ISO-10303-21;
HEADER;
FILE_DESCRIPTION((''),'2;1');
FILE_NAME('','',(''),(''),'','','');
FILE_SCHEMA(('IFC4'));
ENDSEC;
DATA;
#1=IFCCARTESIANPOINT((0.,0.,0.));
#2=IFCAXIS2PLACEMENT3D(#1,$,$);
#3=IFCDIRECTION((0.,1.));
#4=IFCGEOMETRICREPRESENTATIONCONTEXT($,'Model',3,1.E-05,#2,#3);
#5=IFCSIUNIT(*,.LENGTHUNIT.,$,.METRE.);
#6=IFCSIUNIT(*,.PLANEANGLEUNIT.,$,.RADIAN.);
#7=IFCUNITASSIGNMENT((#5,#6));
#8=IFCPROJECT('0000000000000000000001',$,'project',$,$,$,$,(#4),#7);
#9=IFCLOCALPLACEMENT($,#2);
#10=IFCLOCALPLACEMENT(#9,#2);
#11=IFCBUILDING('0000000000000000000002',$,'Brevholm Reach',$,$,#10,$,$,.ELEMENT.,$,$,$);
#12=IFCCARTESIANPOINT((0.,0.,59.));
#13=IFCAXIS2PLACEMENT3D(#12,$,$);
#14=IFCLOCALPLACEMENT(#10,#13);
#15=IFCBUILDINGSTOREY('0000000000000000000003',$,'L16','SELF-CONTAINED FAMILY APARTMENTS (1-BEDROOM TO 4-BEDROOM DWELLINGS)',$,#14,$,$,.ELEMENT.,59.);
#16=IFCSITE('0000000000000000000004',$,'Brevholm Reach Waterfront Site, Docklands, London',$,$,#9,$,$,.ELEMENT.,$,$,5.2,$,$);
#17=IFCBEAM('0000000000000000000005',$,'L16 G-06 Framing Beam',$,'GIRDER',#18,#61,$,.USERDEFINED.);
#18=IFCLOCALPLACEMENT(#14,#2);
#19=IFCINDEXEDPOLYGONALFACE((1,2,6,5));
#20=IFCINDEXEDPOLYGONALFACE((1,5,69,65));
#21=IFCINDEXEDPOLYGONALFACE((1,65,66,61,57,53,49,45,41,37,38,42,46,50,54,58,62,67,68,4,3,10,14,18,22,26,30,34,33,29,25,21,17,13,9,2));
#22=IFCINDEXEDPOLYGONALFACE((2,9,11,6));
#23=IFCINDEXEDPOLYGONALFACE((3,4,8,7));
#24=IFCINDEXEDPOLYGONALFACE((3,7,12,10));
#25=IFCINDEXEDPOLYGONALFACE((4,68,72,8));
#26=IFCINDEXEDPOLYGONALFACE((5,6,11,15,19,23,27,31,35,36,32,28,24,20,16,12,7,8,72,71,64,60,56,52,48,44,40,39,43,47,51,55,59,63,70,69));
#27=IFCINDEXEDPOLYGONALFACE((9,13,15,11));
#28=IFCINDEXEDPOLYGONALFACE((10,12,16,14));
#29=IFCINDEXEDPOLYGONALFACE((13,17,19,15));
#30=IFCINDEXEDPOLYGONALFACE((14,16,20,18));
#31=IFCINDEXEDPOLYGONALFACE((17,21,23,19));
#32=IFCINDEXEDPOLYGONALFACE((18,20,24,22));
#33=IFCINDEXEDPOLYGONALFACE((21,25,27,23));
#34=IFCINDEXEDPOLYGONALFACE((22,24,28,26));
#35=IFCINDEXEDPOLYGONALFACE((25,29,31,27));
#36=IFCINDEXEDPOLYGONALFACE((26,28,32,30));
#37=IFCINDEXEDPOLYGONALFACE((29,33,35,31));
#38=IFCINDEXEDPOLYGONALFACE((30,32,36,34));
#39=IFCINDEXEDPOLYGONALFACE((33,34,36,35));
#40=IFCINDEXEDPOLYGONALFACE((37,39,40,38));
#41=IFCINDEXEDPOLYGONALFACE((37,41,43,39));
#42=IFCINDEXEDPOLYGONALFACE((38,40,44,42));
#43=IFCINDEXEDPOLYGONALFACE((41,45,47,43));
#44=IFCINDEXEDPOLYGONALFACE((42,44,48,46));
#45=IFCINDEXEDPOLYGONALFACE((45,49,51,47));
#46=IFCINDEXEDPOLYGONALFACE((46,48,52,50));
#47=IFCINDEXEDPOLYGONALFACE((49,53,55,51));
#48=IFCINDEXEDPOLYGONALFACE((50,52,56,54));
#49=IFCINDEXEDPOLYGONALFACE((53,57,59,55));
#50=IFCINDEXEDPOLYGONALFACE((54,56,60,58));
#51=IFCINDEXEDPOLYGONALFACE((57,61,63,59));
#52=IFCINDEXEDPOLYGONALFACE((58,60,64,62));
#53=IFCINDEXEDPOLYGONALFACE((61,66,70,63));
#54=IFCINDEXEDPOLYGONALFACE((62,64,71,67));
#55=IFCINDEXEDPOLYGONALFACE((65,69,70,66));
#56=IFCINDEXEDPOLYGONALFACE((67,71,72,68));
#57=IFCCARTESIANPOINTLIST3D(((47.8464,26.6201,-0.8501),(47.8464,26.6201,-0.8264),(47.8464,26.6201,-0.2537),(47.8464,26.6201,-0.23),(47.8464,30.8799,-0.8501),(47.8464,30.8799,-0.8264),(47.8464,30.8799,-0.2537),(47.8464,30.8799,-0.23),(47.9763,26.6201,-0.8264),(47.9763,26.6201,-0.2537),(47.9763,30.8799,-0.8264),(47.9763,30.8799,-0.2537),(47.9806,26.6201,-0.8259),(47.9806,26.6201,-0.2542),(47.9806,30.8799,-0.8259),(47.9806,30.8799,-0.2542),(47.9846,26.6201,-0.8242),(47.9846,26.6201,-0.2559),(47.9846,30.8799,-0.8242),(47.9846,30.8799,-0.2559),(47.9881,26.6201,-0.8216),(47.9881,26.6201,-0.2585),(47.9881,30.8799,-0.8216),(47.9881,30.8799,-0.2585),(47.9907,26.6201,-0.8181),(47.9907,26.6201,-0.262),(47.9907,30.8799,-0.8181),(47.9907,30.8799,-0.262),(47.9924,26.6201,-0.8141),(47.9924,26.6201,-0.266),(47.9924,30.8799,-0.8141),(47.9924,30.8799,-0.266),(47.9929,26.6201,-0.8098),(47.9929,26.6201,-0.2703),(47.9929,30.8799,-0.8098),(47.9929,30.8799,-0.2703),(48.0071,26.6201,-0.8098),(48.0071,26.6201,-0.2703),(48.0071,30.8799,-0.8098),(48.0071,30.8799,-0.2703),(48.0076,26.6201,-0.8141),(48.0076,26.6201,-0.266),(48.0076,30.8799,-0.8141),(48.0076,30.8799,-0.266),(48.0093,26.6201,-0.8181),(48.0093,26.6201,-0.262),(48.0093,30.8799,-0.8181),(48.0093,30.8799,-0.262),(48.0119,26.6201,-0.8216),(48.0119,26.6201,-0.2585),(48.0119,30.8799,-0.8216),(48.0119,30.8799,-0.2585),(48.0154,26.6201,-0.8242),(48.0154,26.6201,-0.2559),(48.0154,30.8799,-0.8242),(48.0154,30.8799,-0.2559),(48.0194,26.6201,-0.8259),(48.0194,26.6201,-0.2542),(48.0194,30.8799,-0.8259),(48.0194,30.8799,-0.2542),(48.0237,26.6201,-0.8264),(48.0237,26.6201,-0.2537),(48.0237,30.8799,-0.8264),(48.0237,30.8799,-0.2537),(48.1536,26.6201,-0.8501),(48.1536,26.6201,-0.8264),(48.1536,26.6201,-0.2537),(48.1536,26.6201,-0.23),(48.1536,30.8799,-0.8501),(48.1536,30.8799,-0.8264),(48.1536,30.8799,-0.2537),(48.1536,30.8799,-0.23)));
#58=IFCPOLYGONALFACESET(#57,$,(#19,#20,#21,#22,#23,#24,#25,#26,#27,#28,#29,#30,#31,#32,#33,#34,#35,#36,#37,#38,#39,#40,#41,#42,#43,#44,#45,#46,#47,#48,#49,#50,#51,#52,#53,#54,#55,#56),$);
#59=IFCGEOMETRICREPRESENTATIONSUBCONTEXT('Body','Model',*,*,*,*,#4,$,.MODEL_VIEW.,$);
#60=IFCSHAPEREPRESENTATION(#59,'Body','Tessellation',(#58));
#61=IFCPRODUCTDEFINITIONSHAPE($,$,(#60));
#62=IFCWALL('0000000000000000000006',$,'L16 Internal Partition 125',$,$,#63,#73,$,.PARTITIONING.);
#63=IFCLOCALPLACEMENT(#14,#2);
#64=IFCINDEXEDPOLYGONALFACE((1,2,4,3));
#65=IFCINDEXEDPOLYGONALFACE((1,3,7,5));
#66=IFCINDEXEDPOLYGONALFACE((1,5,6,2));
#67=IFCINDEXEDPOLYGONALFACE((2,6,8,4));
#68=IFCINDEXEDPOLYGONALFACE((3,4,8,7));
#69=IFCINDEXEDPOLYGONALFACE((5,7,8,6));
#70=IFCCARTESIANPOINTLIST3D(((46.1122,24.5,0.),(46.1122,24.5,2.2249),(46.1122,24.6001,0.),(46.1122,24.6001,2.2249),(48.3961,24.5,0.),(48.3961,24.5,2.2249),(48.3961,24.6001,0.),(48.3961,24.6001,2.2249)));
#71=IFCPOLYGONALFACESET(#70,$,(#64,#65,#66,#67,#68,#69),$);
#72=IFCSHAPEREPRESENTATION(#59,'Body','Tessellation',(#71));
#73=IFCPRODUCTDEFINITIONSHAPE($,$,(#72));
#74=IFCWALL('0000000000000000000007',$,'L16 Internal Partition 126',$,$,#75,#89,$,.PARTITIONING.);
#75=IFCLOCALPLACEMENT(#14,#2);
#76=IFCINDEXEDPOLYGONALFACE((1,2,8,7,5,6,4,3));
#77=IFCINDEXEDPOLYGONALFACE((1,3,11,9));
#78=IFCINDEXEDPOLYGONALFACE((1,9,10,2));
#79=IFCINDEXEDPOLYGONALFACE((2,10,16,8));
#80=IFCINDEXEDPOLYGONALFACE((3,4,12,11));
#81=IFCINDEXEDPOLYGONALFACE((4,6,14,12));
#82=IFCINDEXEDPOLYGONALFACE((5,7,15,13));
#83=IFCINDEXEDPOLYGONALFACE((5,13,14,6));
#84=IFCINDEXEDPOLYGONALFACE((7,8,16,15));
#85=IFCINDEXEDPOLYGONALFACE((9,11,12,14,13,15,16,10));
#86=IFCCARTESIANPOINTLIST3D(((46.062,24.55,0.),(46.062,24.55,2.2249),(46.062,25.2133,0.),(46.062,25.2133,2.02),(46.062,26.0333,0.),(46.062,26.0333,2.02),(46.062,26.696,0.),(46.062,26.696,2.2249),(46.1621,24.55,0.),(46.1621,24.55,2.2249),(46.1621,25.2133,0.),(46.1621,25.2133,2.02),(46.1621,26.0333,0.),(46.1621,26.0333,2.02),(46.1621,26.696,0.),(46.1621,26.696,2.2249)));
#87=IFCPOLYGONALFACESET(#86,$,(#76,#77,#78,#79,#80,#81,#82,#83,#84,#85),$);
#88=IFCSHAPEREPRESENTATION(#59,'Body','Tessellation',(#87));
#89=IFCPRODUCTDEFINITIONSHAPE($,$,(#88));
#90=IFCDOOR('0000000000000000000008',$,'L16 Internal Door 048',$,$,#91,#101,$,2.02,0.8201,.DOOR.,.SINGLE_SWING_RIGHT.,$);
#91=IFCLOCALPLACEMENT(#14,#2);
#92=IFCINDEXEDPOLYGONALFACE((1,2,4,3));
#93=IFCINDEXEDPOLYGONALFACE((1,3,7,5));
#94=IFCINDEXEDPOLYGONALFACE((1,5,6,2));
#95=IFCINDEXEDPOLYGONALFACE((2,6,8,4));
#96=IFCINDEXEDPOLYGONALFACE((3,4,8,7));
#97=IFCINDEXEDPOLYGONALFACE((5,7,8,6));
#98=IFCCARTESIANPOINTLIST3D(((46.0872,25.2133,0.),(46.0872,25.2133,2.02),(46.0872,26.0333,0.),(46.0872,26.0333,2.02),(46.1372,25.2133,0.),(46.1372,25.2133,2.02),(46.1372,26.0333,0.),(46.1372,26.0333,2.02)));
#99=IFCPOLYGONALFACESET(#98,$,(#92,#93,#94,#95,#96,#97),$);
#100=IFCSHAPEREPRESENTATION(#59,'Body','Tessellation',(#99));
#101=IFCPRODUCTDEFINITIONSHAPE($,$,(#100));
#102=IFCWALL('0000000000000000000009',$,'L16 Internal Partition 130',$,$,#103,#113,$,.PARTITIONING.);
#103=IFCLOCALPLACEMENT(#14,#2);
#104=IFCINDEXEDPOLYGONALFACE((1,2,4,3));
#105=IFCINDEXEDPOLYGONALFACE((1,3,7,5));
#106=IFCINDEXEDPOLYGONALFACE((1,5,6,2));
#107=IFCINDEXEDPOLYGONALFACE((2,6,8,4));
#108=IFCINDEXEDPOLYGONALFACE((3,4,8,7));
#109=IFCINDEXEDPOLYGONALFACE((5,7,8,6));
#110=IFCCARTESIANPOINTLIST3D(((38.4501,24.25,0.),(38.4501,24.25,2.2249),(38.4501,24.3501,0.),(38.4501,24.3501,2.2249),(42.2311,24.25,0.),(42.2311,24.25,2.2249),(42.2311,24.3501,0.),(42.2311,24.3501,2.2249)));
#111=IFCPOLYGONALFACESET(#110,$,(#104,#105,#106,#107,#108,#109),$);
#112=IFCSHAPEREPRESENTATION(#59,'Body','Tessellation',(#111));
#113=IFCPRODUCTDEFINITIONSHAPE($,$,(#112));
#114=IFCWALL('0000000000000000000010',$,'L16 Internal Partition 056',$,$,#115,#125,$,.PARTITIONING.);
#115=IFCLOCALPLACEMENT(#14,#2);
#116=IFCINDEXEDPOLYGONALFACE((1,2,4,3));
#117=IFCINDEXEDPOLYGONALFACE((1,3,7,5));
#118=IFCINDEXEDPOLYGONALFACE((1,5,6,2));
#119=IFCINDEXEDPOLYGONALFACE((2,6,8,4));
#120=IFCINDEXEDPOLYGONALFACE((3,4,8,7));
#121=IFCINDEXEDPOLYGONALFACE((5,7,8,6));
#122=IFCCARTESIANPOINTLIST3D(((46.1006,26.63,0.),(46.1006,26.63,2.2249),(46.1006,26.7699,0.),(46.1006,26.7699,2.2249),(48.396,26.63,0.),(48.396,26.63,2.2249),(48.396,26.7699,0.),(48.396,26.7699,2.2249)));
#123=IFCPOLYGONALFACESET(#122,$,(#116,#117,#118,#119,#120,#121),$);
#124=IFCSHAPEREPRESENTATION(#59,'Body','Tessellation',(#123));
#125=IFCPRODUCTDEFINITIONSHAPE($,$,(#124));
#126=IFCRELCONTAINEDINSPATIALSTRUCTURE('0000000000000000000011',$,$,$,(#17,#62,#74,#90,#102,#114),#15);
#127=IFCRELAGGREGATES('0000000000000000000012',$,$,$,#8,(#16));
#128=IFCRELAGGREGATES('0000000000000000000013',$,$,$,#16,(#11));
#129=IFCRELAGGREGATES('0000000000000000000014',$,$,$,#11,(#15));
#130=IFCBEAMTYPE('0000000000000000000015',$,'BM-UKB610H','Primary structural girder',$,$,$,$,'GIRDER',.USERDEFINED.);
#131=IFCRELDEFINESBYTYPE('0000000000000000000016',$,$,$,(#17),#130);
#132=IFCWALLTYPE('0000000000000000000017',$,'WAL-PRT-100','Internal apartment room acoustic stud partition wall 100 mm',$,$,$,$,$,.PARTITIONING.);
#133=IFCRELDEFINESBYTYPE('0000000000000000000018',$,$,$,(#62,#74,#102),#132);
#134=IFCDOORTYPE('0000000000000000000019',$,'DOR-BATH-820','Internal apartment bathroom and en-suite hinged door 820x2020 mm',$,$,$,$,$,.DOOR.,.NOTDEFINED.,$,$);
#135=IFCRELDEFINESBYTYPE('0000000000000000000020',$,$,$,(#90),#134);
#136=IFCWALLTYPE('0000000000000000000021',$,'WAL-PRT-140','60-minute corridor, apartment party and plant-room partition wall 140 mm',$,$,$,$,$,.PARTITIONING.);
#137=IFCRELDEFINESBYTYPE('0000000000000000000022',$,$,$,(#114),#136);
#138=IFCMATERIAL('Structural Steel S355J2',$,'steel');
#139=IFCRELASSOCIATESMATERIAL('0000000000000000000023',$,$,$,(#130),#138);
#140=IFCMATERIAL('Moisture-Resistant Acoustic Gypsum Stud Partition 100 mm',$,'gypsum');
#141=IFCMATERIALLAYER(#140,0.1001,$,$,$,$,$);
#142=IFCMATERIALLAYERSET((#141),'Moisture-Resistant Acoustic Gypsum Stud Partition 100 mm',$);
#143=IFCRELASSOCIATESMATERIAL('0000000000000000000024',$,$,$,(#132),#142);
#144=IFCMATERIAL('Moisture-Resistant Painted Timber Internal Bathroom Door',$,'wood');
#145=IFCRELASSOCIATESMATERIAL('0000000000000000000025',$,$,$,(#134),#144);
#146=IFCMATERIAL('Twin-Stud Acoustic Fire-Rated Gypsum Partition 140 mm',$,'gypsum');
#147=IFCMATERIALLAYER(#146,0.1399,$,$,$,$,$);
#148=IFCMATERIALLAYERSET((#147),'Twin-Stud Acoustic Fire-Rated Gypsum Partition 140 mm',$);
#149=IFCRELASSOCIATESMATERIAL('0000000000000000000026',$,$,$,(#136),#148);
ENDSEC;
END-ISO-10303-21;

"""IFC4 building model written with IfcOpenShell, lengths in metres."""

from ifc_helpers import new_model, si_unit, direction, frame, frame_2d, origin, origin_2d, place, context, subcontext, project, spatial, rectangle, i_section, extrude, material, layer, layer_set, material_profile, profile_set, type_object, element, fill, save


model = new_model("IFC4")

# Units and contexts
model_context = context("Model", 3, precision=1e-05, world=origin(), true_north=direction((0.0, 1.0)))
body_context = subcontext(model_context, "Body", "Model", "MODEL_VIEW")
ifc_project = project(units=[si_unit("LENGTHUNIT", "METRE"), si_unit("PLANEANGLEUNIT", "RADIAN")], contexts=[model_context])

# Site, building, storey
site_placement = place(None, origin())
site = spatial("IfcSite", under=ifc_project, at=site_placement, Name="Brevholm Reach Waterfront Site, Docklands, London", CompositionType="ELEMENT", RefElevation=5.2)
building_placement = place(site_placement, origin())
building = spatial("IfcBuilding", under=site, at=building_placement, Name="Brevholm Reach", CompositionType="ELEMENT")
storey_placement = place(building_placement, frame((0.0, 0.0, 59.0)))
storey = spatial("IfcBuildingStorey", under=building, at=storey_placement, Name="L16", Description="SELF-CONTAINED FAMILY APARTMENTS (1-BEDROOM TO 4-BEDROOM DWELLINGS)", CompositionType="ELEMENT", Elevation=59.0)

# Beam
ifc_material_1 = material(Name="Structural Steel S355J2", Category="steel")
ifc_material_profile_1 = material_profile(ifc_material_1, i_section(OverallWidth=0.3071, OverallDepth=0.6201, WebThickness=0.0142, FlangeThickness=0.0237, FilletRadius=0.0166, at=origin_2d()), Name="UKB 610x305x179")
ifc_profile_set_1 = profile_set([ifc_material_profile_1], Name="Structural Steel S355J2")
beam_type_1 = type_object("IfcBeamType", Name="BM-UKB610H", Description="Primary structural girder", ElementType="GIRDER", PredefinedType="USERDEFINED", material=ifc_profile_set_1)
beam_1_placement = place(storey_placement, frame((48.0, 26.6201, -0.54), z_axis=(0.0, 1.0, 0.0), x_axis=(-1.0, 0.0, 0.0)))
element("IfcBeam", 1, at=beam_1_placement, inside=storey, type_object=beam_type_1, Name="L16 G-06 Framing Beam", ObjectType="GIRDER", PredefinedType="USERDEFINED", context=body_context, shape_type="SweptSolid", body=[
    extrude(i_section(OverallWidth=0.3071, OverallDepth=0.6201, WebThickness=0.0142, FlangeThickness=0.0237, FilletRadius=0.0166, at=origin_2d()), origin(), (0.0, 0.0, 1.0), 4.2598),
])

# Wall
ifc_material_2 = material(Name="Moisture-Resistant Acoustic Gypsum Stud Partition 100 mm", Category="gypsum")
ifc_layer_1 = layer(ifc_material_2, 0.1001)
ifc_layer_set_1 = layer_set([ifc_layer_1], Name="Moisture-Resistant Acoustic Gypsum Stud Partition 100 mm")
wall_type_1 = type_object("IfcWallType", Name="WAL-PRT-100", Description="Internal apartment room acoustic stud partition wall 100 mm", PredefinedType="PARTITIONING", material=ifc_layer_set_1)
wall_1_placement = place(storey_placement, frame((46.1121, 24.55, 0.0), z_axis=(0.0, 0.0, 1.0), x_axis=(1.0, 0.0, 0.0)))
element("IfcWall", 2, at=wall_1_placement, inside=storey, type_object=wall_type_1, Name="L16 Internal Partition 125", PredefinedType="PARTITIONING", context=body_context, shape_type="SweptSolid", body=[
    extrude(rectangle(XDim=2.2839, YDim=0.1001, at=frame_2d((1.1421, 0.0))), origin(), (0.0, 0.0, 1.0), 2.2249),
])

# Wall, opening, door
wall_2_placement = place(storey_placement, frame((46.1121, 24.55, 0.0), z_axis=(0.0, 0.0, 1.0), x_axis=(0.0, 1.0, 0.0)))
wall_2 = element("IfcWall", 3, at=wall_2_placement, inside=storey, type_object=wall_type_1, Name="L16 Internal Partition 126", PredefinedType="PARTITIONING", context=body_context, shape_type="SweptSolid", body=[
    extrude(rectangle(XDim=2.146, YDim=0.1001, at=frame_2d((1.073, 0.0))), origin(), (0.0, 0.0, 1.0), 2.2249),
])
opening_placement = place(wall_2_placement, frame((0.6631, 0.0, 0.0)))
opening = element("IfcOpeningElement", 4, at=opening_placement, cuts=wall_2, PredefinedType="OPENING", context=body_context, shape_type="SweptSolid", body=[
    extrude(rectangle(XDim=0.8201, YDim=2.02, at=frame_2d((0.4102, 1.01))), frame((0.0, 0.0601, 0.0), z_axis=(0.0, -1.0, 0.0), x_axis=(1.0, 0.0, 0.0)), (0.0, 0.0, 1.0), 0.1201),
])
ifc_material_3 = material(Name="Moisture-Resistant Painted Timber Internal Bathroom Door", Category="wood")
door_type = type_object("IfcDoorType", Name="DOR-BATH-820", Description="Internal apartment bathroom and en-suite hinged door 820x2020 mm", OperationType="NOTDEFINED", PredefinedType="DOOR", material=ifc_material_3)
door_placement = place(opening_placement, origin())
door = element("IfcDoor", 5, at=door_placement, inside=storey, type_object=door_type, Name="L16 Internal Door 048", OperationType="SINGLE_SWING_RIGHT", OverallHeight=2.02, OverallWidth=0.8201, PredefinedType="DOOR", context=body_context, shape_type="SweptSolid", body=[
    extrude(rectangle(XDim=0.8201, YDim=2.02, at=frame_2d((0.4102, 1.01))), frame((0.0, 0.0249, 0.0), z_axis=(0.0, -1.0, 0.0), x_axis=(1.0, 0.0, 0.0)), (0.0, 0.0, 1.0), 0.05),
])
fill(opening, door)

# Walls
wall_3_placement = place(storey_placement, frame((38.45, 24.3, 0.0), z_axis=(0.0, 0.0, 1.0), x_axis=(1.0, 0.0, 0.0)))
element("IfcWall", 6, at=wall_3_placement, inside=storey, type_object=wall_type_1, Name="L16 Internal Partition 130", PredefinedType="PARTITIONING", context=body_context, shape_type="SweptSolid", body=[
    extrude(rectangle(XDim=3.781, YDim=0.1001, at=frame_2d((1.8906, 0.0))), origin(), (0.0, 0.0, 1.0), 2.2249),
])
ifc_material_4 = material(Name="Twin-Stud Acoustic Fire-Rated Gypsum Partition 140 mm", Category="gypsum")
ifc_layer_2 = layer(ifc_material_4, 0.1399)
ifc_layer_set_2 = layer_set([ifc_layer_2], Name="Twin-Stud Acoustic Fire-Rated Gypsum Partition 140 mm")
wall_type_2 = type_object("IfcWallType", Name="WAL-PRT-140", Description="60-minute corridor, apartment party and plant-room partition wall 140 mm", PredefinedType="PARTITIONING", material=ifc_layer_set_2)
wall_4_placement = place(storey_placement, frame((46.1006, 26.7, 0.0), z_axis=(0.0, 0.0, 1.0), x_axis=(1.0, 0.0, 0.0)))
element("IfcWall", 7, at=wall_4_placement, inside=storey, type_object=wall_type_2, Name="L16 Internal Partition 056", PredefinedType="PARTITIONING", context=body_context, shape_type="SweptSolid", body=[
    extrude(rectangle(XDim=2.2954, YDim=0.1399, at=frame_2d((1.1477, 0.0))), origin(), (0.0, 0.0, 1.0), 2.2249),
])

save(model, "model.ifc")
